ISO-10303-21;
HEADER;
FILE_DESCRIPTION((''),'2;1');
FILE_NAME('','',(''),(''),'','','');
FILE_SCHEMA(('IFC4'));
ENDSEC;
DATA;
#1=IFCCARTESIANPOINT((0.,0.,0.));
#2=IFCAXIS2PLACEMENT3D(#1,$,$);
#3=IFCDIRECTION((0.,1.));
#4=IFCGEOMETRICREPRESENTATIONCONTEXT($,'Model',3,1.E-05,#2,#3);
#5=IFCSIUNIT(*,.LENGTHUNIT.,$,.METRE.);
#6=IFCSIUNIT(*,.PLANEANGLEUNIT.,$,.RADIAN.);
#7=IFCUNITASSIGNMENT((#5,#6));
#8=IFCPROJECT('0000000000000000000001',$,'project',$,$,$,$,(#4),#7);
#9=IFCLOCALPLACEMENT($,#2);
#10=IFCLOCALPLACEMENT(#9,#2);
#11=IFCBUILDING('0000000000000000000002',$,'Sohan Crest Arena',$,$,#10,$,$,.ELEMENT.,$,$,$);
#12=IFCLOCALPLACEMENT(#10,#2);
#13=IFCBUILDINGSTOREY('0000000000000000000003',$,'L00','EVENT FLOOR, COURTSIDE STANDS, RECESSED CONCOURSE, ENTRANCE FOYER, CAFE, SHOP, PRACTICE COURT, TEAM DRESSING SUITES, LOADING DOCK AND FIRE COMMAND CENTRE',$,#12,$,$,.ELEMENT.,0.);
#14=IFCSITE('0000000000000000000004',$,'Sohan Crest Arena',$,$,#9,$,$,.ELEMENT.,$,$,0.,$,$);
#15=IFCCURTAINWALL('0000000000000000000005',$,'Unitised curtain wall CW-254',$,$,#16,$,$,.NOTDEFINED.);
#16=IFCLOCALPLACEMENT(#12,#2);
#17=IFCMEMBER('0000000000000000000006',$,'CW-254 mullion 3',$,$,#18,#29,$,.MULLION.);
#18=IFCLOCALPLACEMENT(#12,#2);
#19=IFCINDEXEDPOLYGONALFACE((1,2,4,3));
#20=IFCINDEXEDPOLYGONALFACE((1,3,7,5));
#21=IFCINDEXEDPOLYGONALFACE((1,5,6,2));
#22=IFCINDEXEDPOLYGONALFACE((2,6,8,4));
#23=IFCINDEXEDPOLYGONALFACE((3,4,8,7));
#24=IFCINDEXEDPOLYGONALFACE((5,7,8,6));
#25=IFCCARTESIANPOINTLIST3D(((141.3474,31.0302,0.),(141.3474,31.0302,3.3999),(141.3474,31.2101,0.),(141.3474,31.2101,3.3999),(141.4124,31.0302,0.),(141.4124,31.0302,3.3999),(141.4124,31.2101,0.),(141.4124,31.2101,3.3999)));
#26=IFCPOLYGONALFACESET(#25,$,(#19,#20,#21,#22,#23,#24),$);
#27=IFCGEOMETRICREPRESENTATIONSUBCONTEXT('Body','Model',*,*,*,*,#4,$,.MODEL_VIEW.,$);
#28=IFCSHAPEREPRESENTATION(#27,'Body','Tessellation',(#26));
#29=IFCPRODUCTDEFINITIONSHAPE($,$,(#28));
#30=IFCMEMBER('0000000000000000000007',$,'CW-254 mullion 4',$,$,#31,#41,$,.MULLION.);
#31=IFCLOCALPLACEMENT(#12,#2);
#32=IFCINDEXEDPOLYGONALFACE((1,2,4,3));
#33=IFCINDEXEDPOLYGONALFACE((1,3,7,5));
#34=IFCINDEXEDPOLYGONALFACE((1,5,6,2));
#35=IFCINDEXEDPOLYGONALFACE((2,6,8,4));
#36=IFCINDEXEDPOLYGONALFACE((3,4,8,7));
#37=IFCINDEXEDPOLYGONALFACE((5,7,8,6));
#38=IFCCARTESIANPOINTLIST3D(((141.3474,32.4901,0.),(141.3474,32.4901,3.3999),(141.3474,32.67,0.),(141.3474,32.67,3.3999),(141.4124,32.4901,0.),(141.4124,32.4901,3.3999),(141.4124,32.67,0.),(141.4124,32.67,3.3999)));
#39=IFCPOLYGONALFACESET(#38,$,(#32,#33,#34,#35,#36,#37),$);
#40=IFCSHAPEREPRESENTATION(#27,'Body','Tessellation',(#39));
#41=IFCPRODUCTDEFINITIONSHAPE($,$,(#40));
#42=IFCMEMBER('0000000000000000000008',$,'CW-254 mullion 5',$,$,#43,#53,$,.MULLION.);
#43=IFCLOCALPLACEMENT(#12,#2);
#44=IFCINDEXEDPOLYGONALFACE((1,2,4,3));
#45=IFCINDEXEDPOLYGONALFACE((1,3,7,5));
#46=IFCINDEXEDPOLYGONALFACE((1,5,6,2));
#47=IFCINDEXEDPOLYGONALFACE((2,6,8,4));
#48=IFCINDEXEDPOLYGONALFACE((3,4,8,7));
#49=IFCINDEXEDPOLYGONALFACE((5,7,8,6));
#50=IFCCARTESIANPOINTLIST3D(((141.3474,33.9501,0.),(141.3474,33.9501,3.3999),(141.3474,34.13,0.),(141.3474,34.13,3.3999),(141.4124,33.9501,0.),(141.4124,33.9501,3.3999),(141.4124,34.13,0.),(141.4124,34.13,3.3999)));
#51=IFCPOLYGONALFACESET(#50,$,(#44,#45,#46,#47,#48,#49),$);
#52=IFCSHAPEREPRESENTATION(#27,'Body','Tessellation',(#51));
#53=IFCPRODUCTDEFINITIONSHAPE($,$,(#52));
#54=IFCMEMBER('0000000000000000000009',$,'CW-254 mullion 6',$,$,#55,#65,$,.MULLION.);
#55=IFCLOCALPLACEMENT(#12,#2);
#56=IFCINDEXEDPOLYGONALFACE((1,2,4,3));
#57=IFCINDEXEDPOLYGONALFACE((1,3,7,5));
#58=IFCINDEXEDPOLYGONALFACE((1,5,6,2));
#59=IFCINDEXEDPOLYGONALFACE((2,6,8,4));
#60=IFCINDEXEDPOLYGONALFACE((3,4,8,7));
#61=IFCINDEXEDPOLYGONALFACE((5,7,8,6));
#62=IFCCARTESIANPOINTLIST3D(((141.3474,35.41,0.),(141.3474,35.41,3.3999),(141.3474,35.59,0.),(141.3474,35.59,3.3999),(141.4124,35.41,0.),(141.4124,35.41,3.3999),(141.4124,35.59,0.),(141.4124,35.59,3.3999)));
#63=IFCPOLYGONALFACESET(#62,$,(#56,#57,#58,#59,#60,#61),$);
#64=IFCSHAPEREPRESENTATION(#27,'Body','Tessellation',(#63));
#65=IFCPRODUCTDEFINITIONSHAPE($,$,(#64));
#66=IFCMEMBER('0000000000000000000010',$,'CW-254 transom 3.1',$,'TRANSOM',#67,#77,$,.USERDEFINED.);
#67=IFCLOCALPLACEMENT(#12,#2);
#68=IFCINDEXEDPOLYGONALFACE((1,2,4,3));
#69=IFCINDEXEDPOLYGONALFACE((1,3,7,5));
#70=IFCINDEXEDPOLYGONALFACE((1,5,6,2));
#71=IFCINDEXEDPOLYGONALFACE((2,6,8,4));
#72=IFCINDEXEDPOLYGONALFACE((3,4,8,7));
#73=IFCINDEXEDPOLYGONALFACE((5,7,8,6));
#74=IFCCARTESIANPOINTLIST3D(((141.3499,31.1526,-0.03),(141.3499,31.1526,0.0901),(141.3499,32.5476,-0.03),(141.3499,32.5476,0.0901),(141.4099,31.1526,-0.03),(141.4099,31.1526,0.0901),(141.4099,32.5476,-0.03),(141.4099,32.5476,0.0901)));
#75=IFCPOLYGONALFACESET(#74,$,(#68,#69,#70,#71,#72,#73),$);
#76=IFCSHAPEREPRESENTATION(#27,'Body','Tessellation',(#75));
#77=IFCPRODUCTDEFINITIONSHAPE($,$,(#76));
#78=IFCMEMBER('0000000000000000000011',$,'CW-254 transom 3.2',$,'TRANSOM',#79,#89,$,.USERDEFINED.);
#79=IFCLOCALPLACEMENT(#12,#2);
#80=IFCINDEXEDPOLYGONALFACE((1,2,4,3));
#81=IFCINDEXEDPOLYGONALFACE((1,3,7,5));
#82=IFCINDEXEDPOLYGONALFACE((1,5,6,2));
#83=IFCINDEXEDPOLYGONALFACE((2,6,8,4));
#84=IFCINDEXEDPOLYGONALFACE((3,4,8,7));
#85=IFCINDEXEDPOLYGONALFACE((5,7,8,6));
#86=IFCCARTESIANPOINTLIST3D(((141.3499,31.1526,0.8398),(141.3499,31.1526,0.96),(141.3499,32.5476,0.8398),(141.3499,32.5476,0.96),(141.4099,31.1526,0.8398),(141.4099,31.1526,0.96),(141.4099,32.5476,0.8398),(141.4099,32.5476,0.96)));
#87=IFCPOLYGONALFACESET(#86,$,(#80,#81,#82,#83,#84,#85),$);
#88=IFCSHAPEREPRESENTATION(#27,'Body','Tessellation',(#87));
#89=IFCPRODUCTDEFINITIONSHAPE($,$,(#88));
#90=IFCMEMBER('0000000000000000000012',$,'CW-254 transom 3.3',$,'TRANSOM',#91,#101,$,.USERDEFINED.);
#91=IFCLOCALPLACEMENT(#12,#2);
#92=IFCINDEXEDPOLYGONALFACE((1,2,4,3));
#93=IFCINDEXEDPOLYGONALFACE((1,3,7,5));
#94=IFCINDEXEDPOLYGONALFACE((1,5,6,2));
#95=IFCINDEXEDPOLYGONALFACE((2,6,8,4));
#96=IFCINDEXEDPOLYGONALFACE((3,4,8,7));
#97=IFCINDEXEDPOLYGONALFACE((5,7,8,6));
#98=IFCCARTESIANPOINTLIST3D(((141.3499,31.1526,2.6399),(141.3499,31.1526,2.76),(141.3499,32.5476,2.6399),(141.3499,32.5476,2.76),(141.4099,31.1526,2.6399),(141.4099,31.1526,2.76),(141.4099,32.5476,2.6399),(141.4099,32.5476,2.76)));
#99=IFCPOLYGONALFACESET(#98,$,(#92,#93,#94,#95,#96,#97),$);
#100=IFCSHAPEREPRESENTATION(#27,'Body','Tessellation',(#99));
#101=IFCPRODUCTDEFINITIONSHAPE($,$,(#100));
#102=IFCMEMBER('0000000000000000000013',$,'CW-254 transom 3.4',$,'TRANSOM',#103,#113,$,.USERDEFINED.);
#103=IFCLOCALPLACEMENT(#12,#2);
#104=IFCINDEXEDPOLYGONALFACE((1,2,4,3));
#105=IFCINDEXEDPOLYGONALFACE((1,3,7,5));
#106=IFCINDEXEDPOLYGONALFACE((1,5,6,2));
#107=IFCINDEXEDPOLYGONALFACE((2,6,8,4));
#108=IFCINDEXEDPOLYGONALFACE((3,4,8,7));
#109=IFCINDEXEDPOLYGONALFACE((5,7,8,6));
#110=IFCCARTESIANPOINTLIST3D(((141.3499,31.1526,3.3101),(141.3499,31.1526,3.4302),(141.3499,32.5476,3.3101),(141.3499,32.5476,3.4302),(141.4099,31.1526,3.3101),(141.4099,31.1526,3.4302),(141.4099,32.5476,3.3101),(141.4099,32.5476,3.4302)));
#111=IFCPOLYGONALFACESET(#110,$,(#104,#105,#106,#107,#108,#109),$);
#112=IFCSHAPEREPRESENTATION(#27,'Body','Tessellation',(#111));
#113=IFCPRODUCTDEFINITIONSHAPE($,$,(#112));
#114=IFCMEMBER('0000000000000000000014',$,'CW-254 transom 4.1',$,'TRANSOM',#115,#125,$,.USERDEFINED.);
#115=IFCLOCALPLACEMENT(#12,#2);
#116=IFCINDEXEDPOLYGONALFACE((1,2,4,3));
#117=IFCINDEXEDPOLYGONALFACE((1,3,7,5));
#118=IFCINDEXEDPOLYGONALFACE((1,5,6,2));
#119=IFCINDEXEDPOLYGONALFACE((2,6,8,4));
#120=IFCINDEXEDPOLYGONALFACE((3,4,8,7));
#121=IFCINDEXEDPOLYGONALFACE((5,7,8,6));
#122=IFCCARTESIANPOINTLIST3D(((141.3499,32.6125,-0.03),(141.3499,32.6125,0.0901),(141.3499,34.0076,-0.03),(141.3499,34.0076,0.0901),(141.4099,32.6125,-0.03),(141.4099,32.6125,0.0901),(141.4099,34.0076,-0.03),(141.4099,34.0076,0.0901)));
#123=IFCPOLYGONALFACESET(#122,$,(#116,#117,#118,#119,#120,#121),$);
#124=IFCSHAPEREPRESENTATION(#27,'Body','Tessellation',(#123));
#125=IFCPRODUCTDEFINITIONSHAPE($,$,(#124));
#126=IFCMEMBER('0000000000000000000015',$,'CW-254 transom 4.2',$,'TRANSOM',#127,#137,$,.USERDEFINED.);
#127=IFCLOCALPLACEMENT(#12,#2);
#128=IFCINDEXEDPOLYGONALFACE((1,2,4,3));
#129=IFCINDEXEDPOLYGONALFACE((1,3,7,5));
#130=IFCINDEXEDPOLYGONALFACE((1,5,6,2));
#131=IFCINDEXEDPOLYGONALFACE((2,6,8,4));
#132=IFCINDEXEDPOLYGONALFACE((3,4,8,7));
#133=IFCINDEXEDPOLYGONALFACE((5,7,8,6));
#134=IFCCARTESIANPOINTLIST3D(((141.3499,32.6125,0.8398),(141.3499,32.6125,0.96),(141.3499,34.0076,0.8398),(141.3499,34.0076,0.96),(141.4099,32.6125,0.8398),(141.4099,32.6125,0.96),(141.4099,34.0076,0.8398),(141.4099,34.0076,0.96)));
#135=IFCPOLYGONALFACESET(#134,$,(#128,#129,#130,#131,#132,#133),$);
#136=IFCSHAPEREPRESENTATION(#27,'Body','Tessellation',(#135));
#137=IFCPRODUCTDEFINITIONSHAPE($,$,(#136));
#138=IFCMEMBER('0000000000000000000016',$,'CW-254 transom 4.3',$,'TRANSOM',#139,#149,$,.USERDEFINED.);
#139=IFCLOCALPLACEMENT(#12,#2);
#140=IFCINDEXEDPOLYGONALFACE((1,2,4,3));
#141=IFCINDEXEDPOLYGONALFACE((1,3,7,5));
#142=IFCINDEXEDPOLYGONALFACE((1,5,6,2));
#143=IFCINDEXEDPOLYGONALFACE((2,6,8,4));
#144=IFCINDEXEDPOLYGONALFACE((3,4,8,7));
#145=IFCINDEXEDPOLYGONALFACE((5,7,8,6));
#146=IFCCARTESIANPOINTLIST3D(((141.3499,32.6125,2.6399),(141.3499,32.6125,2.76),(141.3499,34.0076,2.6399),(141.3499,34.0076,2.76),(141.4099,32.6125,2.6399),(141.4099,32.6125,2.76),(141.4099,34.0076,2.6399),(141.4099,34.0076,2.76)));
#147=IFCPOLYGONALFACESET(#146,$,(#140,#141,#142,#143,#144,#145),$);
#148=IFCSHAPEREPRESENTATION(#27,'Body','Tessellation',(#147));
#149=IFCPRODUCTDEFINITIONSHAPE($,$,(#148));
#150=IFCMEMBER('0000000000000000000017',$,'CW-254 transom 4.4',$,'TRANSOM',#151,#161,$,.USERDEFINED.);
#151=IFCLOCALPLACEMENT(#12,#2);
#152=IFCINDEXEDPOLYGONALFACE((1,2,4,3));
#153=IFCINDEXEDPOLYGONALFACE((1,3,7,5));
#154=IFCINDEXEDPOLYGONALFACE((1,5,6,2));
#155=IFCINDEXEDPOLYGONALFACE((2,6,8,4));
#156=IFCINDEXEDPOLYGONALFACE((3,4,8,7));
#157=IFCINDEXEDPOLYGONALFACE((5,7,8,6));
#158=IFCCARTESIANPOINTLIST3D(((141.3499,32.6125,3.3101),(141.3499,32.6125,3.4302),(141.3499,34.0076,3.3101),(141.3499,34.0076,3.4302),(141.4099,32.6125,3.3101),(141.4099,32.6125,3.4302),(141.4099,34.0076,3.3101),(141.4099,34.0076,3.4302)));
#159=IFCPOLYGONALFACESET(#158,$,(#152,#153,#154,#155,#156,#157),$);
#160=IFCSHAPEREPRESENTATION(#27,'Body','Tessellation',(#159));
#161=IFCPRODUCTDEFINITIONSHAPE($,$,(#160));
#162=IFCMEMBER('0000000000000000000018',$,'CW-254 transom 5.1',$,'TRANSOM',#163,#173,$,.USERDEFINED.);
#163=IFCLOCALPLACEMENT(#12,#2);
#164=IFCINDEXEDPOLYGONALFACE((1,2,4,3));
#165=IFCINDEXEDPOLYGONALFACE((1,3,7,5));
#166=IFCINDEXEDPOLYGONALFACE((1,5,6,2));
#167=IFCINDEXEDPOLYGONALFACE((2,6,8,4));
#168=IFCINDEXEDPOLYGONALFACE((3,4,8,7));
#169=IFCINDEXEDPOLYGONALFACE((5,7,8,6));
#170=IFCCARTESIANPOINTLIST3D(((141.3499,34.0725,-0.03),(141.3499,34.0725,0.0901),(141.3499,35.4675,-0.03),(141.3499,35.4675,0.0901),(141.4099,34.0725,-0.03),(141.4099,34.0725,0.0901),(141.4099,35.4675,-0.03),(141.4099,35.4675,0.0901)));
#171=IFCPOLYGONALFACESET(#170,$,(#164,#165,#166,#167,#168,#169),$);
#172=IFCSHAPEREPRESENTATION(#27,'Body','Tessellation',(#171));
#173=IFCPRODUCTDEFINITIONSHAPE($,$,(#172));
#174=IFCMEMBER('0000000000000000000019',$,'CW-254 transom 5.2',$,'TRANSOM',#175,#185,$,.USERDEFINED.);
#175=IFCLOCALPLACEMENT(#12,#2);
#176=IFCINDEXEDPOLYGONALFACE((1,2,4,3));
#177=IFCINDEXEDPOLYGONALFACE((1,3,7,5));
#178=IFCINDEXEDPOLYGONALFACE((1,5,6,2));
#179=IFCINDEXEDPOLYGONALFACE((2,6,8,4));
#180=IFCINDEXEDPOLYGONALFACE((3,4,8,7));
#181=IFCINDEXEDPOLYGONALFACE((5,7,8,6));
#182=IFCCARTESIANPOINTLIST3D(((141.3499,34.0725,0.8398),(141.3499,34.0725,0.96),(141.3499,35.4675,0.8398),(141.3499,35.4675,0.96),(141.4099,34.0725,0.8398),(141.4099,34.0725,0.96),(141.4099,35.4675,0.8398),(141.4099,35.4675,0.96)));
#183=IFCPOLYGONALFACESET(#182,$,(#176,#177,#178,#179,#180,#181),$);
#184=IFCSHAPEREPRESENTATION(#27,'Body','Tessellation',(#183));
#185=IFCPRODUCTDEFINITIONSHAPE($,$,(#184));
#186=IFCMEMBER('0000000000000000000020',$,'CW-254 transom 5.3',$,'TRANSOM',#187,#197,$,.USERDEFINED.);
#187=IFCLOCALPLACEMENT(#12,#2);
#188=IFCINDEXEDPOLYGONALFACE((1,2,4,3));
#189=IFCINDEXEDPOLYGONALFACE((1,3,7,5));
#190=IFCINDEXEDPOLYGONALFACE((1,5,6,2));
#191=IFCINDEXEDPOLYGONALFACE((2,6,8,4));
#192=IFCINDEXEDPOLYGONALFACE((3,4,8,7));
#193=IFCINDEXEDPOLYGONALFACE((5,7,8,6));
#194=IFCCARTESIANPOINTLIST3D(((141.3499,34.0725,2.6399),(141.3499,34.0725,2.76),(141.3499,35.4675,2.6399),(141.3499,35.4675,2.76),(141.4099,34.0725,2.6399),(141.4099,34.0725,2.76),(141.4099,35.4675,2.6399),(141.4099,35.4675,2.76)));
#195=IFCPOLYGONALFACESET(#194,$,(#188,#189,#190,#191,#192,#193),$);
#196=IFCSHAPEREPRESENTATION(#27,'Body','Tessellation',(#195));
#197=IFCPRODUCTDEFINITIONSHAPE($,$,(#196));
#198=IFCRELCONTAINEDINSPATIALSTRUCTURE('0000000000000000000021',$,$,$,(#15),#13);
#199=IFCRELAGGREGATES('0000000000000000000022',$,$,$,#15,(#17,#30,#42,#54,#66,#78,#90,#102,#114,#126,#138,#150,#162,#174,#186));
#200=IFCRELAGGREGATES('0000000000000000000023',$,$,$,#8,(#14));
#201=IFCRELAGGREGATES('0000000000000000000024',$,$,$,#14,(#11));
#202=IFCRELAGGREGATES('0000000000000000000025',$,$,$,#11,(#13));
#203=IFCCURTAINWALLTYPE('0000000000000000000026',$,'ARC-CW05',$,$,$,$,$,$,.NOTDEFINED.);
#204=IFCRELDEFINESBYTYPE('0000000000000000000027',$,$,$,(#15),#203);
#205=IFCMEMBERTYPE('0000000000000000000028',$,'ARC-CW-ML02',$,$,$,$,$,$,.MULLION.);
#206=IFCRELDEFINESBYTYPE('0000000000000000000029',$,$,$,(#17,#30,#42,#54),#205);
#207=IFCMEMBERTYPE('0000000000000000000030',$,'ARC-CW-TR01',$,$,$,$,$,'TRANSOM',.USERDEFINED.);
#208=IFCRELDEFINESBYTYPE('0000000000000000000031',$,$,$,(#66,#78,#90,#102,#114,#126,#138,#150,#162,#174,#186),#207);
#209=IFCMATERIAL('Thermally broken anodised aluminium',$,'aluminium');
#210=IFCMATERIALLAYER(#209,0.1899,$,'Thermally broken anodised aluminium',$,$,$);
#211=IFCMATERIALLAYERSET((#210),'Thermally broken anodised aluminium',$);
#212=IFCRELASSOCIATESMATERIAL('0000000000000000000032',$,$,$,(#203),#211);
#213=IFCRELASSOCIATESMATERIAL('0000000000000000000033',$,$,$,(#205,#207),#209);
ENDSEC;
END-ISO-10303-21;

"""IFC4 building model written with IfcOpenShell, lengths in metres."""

from ifc_helpers import new_model, si_unit, direction, frame, origin, origin_2d, place, context, subcontext, project, spatial, rectangle, extrude, material, layer, layer_set, material_profile, profile_set, type_object, element, aggregate, save


model = new_model("IFC4")

# Units and contexts
model_context = context("Model", 3, precision=1e-05, world=origin(), true_north=direction((0.0, 1.0)))
body_context = subcontext(model_context, "Body", "Model", "MODEL_VIEW")
ifc_project = project(units=[si_unit("LENGTHUNIT", "METRE"), si_unit("PLANEANGLEUNIT", "RADIAN")], contexts=[model_context])

# Site, building, storey
site_placement = place(None, origin())
site = spatial("IfcSite", under=ifc_project, at=site_placement, Name="Sohan Crest Arena", CompositionType="ELEMENT", RefElevation=0.0)
building_placement = place(site_placement, origin())
building = spatial("IfcBuilding", under=site, at=building_placement, Name="Sohan Crest Arena", CompositionType="ELEMENT")
storey_placement = place(building_placement, origin())
storey = spatial("IfcBuildingStorey", under=building, at=storey_placement, Name="L00", Description="EVENT FLOOR, COURTSIDE STANDS, RECESSED CONCOURSE, ENTRANCE FOYER, CAFE, SHOP, PRACTICE COURT, TEAM DRESSING SUITES, LOADING DOCK AND FIRE COMMAND CENTRE", CompositionType="ELEMENT", Elevation=0.0)

# Curtain wall, members
ifc_material_1 = material(Name="Thermally broken anodised aluminium", Category="aluminium")
ifc_layer_1 = layer(ifc_material_1, 0.1899, Name="Thermally broken anodised aluminium")
ifc_layer_set_1 = layer_set([ifc_layer_1], Name="Thermally broken anodised aluminium")
curtain_wall_type = type_object("IfcCurtainWallType", Name="ARC-CW05", PredefinedType="NOTDEFINED", material=ifc_layer_set_1)
curtain_wall_placement = place(storey_placement, origin())
curtain_wall = element("IfcCurtainWall", 1, at=curtain_wall_placement, inside=storey, type_object=curtain_wall_type, Name="Unitised curtain wall CW-254", PredefinedType="NOTDEFINED")
ifc_material_profile_1 = material_profile(ifc_material_1, rectangle(XDim=0.0649, YDim=0.1799, at=origin_2d()), Name="ALU-MULL 65x180")
ifc_profile_set_1 = profile_set([ifc_material_profile_1], Name="Thermally broken anodised aluminium")
member_type_1 = type_object("IfcMemberType", Name="ARC-CW-ML02", PredefinedType="MULLION", material=ifc_profile_set_1)
member_1_placement = place(storey_placement, frame((141.3799, 31.1201, 0.0), z_axis=(0.0, 0.0, 1.0), x_axis=(-1.0, 0.0, 0.0)))
member_1 = element("IfcMember", 2, at=member_1_placement, type_object=member_type_1, Name="CW-254 mullion 3", PredefinedType="MULLION", context=body_context, shape_type="SweptSolid", body=[
    extrude(rectangle(XDim=0.0649, YDim=0.1799, at=origin_2d()), origin(), (0.0, 0.0, 1.0), 3.3999),
])
member_2_placement = place(storey_placement, frame((141.3799, 32.5801, 0.0), z_axis=(0.0, 0.0, 1.0), x_axis=(-1.0, 0.0, 0.0)))
member_2 = element("IfcMember", 3, at=member_2_placement, type_object=member_type_1, Name="CW-254 mullion 4", PredefinedType="MULLION", context=body_context, shape_type="SweptSolid", body=[
    extrude(rectangle(XDim=0.0649, YDim=0.1799, at=origin_2d()), origin(), (0.0, 0.0, 1.0), 3.3999),
])
member_3_placement = place(storey_placement, frame((141.3799, 34.04, 0.0), z_axis=(0.0, 0.0, 1.0), x_axis=(-1.0, 0.0, 0.0)))
member_3 = element("IfcMember", 4, at=member_3_placement, type_object=member_type_1, Name="CW-254 mullion 5", PredefinedType="MULLION", context=body_context, shape_type="SweptSolid", body=[
    extrude(rectangle(XDim=0.0649, YDim=0.1799, at=origin_2d()), origin(), (0.0, 0.0, 1.0), 3.3999),
])
member_4_placement = place(storey_placement, frame((141.3799, 35.5, 0.0), z_axis=(0.0, 0.0, 1.0), x_axis=(-1.0, 0.0, 0.0)))
member_4 = element("IfcMember", 5, at=member_4_placement, type_object=member_type_1, Name="CW-254 mullion 6", PredefinedType="MULLION", context=body_context, shape_type="SweptSolid", body=[
    extrude(rectangle(XDim=0.0649, YDim=0.1799, at=origin_2d()), origin(), (0.0, 0.0, 1.0), 3.3999),
])
ifc_material_profile_2 = material_profile(ifc_material_1, rectangle(XDim=0.0601, YDim=0.1201, at=origin_2d()), Name="ALU-TRAN 60x120")
ifc_profile_set_2 = profile_set([ifc_material_profile_2], Name="Thermally broken anodised aluminium")
member_type_2 = type_object("IfcMemberType", Name="ARC-CW-TR01", ElementType="TRANSOM", PredefinedType="USERDEFINED", material=ifc_profile_set_2)
member_5_placement = place(storey_placement, frame((141.3799, 31.1526, 0.03), z_axis=(0.0, 1.0, 0.0), x_axis=(-1.0, 0.0, 0.0)))
member_5 = element("IfcMember", 6, at=member_5_placement, type_object=member_type_2, Name="CW-254 transom 3.1", ObjectType="TRANSOM", PredefinedType="USERDEFINED", context=body_context, shape_type="SweptSolid", body=[
    extrude(rectangle(XDim=0.0601, YDim=0.1201, at=origin_2d()), origin(), (0.0, 0.0, 1.0), 1.395),
])
member_6_placement = place(storey_placement, frame((141.3799, 31.1526, 0.8999), z_axis=(0.0, 1.0, 0.0), x_axis=(-1.0, 0.0, 0.0)))
member_6 = element("IfcMember", 7, at=member_6_placement, type_object=member_type_2, Name="CW-254 transom 3.2", ObjectType="TRANSOM", PredefinedType="USERDEFINED", context=body_context, shape_type="SweptSolid", body=[
    extrude(rectangle(XDim=0.0601, YDim=0.1201, at=origin_2d()), origin(), (0.0, 0.0, 1.0), 1.395),
])
member_7_placement = place(storey_placement, frame((141.3799, 31.1526, 2.7), z_axis=(0.0, 1.0, 0.0), x_axis=(-1.0, 0.0, 0.0)))
member_7 = element("IfcMember", 8, at=member_7_placement, type_object=member_type_2, Name="CW-254 transom 3.3", ObjectType="TRANSOM", PredefinedType="USERDEFINED", context=body_context, shape_type="SweptSolid", body=[
    extrude(rectangle(XDim=0.0601, YDim=0.1201, at=origin_2d()), origin(), (0.0, 0.0, 1.0), 1.395),
])
member_8_placement = place(storey_placement, frame((141.3799, 31.1526, 3.3701), z_axis=(0.0, 1.0, 0.0), x_axis=(-1.0, 0.0, 0.0)))
member_8 = element("IfcMember", 9, at=member_8_placement, type_object=member_type_2, Name="CW-254 transom 3.4", ObjectType="TRANSOM", PredefinedType="USERDEFINED", context=body_context, shape_type="SweptSolid", body=[
    extrude(rectangle(XDim=0.0601, YDim=0.1201, at=origin_2d()), origin(), (0.0, 0.0, 1.0), 1.395),
])
member_9_placement = place(storey_placement, frame((141.3799, 32.6125, 0.03), z_axis=(0.0, 1.0, 0.0), x_axis=(-1.0, 0.0, 0.0)))
member_9 = element("IfcMember", 10, at=member_9_placement, type_object=member_type_2, Name="CW-254 transom 4.1", ObjectType="TRANSOM", PredefinedType="USERDEFINED", context=body_context, shape_type="SweptSolid", body=[
    extrude(rectangle(XDim=0.0601, YDim=0.1201, at=origin_2d()), origin(), (0.0, 0.0, 1.0), 1.395),
])
member_10_placement = place(storey_placement, frame((141.3799, 32.6125, 0.8999), z_axis=(0.0, 1.0, 0.0), x_axis=(-1.0, 0.0, 0.0)))
member_10 = element("IfcMember", 11, at=member_10_placement, type_object=member_type_2, Name="CW-254 transom 4.2", ObjectType="TRANSOM", PredefinedType="USERDEFINED", context=body_context, shape_type="SweptSolid", body=[
    extrude(rectangle(XDim=0.0601, YDim=0.1201, at=origin_2d()), origin(), (0.0, 0.0, 1.0), 1.395),
])
member_11_placement = place(storey_placement, frame((141.3799, 32.6125, 2.7), z_axis=(0.0, 1.0, 0.0), x_axis=(-1.0, 0.0, 0.0)))
member_11 = element("IfcMember", 12, at=member_11_placement, type_object=member_type_2, Name="CW-254 transom 4.3", ObjectType="TRANSOM", PredefinedType="USERDEFINED", context=body_context, shape_type="SweptSolid", body=[
    extrude(rectangle(XDim=0.0601, YDim=0.1201, at=origin_2d()), origin(), (0.0, 0.0, 1.0), 1.395),
])
member_12_placement = place(storey_placement, frame((141.3799, 32.6125, 3.3701), z_axis=(0.0, 1.0, 0.0), x_axis=(-1.0, 0.0, 0.0)))
member_12 = element("IfcMember", 13, at=member_12_placement, type_object=member_type_2, Name="CW-254 transom 4.4", ObjectType="TRANSOM", PredefinedType="USERDEFINED", context=body_context, shape_type="SweptSolid", body=[
    extrude(rectangle(XDim=0.0601, YDim=0.1201, at=origin_2d()), origin(), (0.0, 0.0, 1.0), 1.395),
])
member_13_placement = place(storey_placement, frame((141.3799, 34.0725, 0.03), z_axis=(0.0, 1.0, 0.0), x_axis=(-1.0, 0.0, 0.0)))
member_13 = element("IfcMember", 14, at=member_13_placement, type_object=member_type_2, Name="CW-254 transom 5.1", ObjectType="TRANSOM", PredefinedType="USERDEFINED", context=body_context, shape_type="SweptSolid", body=[
    extrude(rectangle(XDim=0.0601, YDim=0.1201, at=origin_2d()), origin(), (0.0, 0.0, 1.0), 1.395),
])
member_14_placement = place(storey_placement, frame((141.3799, 34.0725, 0.8999), z_axis=(0.0, 1.0, 0.0), x_axis=(-1.0, 0.0, 0.0)))
member_14 = element("IfcMember", 15, at=member_14_placement, type_object=member_type_2, Name="CW-254 transom 5.2", ObjectType="TRANSOM", PredefinedType="USERDEFINED", context=body_context, shape_type="SweptSolid", body=[
    extrude(rectangle(XDim=0.0601, YDim=0.1201, at=origin_2d()), origin(), (0.0, 0.0, 1.0), 1.395),
])
member_15_placement = place(storey_placement, frame((141.3799, 34.0725, 2.7), z_axis=(0.0, 1.0, 0.0), x_axis=(-1.0, 0.0, 0.0)))
member_15 = element("IfcMember", 16, at=member_15_placement, type_object=member_type_2, Name="CW-254 transom 5.3", ObjectType="TRANSOM", PredefinedType="USERDEFINED", context=body_context, shape_type="SweptSolid", body=[
    extrude(rectangle(XDim=0.0601, YDim=0.1201, at=origin_2d()), origin(), (0.0, 0.0, 1.0), 1.395),
])
aggregate(curtain_wall, [member_1, member_2, member_3, member_4, member_5, member_6, member_7, member_8, member_9, member_10, member_11, member_12, member_13, member_14, member_15])

save(model, "model.ifc")
